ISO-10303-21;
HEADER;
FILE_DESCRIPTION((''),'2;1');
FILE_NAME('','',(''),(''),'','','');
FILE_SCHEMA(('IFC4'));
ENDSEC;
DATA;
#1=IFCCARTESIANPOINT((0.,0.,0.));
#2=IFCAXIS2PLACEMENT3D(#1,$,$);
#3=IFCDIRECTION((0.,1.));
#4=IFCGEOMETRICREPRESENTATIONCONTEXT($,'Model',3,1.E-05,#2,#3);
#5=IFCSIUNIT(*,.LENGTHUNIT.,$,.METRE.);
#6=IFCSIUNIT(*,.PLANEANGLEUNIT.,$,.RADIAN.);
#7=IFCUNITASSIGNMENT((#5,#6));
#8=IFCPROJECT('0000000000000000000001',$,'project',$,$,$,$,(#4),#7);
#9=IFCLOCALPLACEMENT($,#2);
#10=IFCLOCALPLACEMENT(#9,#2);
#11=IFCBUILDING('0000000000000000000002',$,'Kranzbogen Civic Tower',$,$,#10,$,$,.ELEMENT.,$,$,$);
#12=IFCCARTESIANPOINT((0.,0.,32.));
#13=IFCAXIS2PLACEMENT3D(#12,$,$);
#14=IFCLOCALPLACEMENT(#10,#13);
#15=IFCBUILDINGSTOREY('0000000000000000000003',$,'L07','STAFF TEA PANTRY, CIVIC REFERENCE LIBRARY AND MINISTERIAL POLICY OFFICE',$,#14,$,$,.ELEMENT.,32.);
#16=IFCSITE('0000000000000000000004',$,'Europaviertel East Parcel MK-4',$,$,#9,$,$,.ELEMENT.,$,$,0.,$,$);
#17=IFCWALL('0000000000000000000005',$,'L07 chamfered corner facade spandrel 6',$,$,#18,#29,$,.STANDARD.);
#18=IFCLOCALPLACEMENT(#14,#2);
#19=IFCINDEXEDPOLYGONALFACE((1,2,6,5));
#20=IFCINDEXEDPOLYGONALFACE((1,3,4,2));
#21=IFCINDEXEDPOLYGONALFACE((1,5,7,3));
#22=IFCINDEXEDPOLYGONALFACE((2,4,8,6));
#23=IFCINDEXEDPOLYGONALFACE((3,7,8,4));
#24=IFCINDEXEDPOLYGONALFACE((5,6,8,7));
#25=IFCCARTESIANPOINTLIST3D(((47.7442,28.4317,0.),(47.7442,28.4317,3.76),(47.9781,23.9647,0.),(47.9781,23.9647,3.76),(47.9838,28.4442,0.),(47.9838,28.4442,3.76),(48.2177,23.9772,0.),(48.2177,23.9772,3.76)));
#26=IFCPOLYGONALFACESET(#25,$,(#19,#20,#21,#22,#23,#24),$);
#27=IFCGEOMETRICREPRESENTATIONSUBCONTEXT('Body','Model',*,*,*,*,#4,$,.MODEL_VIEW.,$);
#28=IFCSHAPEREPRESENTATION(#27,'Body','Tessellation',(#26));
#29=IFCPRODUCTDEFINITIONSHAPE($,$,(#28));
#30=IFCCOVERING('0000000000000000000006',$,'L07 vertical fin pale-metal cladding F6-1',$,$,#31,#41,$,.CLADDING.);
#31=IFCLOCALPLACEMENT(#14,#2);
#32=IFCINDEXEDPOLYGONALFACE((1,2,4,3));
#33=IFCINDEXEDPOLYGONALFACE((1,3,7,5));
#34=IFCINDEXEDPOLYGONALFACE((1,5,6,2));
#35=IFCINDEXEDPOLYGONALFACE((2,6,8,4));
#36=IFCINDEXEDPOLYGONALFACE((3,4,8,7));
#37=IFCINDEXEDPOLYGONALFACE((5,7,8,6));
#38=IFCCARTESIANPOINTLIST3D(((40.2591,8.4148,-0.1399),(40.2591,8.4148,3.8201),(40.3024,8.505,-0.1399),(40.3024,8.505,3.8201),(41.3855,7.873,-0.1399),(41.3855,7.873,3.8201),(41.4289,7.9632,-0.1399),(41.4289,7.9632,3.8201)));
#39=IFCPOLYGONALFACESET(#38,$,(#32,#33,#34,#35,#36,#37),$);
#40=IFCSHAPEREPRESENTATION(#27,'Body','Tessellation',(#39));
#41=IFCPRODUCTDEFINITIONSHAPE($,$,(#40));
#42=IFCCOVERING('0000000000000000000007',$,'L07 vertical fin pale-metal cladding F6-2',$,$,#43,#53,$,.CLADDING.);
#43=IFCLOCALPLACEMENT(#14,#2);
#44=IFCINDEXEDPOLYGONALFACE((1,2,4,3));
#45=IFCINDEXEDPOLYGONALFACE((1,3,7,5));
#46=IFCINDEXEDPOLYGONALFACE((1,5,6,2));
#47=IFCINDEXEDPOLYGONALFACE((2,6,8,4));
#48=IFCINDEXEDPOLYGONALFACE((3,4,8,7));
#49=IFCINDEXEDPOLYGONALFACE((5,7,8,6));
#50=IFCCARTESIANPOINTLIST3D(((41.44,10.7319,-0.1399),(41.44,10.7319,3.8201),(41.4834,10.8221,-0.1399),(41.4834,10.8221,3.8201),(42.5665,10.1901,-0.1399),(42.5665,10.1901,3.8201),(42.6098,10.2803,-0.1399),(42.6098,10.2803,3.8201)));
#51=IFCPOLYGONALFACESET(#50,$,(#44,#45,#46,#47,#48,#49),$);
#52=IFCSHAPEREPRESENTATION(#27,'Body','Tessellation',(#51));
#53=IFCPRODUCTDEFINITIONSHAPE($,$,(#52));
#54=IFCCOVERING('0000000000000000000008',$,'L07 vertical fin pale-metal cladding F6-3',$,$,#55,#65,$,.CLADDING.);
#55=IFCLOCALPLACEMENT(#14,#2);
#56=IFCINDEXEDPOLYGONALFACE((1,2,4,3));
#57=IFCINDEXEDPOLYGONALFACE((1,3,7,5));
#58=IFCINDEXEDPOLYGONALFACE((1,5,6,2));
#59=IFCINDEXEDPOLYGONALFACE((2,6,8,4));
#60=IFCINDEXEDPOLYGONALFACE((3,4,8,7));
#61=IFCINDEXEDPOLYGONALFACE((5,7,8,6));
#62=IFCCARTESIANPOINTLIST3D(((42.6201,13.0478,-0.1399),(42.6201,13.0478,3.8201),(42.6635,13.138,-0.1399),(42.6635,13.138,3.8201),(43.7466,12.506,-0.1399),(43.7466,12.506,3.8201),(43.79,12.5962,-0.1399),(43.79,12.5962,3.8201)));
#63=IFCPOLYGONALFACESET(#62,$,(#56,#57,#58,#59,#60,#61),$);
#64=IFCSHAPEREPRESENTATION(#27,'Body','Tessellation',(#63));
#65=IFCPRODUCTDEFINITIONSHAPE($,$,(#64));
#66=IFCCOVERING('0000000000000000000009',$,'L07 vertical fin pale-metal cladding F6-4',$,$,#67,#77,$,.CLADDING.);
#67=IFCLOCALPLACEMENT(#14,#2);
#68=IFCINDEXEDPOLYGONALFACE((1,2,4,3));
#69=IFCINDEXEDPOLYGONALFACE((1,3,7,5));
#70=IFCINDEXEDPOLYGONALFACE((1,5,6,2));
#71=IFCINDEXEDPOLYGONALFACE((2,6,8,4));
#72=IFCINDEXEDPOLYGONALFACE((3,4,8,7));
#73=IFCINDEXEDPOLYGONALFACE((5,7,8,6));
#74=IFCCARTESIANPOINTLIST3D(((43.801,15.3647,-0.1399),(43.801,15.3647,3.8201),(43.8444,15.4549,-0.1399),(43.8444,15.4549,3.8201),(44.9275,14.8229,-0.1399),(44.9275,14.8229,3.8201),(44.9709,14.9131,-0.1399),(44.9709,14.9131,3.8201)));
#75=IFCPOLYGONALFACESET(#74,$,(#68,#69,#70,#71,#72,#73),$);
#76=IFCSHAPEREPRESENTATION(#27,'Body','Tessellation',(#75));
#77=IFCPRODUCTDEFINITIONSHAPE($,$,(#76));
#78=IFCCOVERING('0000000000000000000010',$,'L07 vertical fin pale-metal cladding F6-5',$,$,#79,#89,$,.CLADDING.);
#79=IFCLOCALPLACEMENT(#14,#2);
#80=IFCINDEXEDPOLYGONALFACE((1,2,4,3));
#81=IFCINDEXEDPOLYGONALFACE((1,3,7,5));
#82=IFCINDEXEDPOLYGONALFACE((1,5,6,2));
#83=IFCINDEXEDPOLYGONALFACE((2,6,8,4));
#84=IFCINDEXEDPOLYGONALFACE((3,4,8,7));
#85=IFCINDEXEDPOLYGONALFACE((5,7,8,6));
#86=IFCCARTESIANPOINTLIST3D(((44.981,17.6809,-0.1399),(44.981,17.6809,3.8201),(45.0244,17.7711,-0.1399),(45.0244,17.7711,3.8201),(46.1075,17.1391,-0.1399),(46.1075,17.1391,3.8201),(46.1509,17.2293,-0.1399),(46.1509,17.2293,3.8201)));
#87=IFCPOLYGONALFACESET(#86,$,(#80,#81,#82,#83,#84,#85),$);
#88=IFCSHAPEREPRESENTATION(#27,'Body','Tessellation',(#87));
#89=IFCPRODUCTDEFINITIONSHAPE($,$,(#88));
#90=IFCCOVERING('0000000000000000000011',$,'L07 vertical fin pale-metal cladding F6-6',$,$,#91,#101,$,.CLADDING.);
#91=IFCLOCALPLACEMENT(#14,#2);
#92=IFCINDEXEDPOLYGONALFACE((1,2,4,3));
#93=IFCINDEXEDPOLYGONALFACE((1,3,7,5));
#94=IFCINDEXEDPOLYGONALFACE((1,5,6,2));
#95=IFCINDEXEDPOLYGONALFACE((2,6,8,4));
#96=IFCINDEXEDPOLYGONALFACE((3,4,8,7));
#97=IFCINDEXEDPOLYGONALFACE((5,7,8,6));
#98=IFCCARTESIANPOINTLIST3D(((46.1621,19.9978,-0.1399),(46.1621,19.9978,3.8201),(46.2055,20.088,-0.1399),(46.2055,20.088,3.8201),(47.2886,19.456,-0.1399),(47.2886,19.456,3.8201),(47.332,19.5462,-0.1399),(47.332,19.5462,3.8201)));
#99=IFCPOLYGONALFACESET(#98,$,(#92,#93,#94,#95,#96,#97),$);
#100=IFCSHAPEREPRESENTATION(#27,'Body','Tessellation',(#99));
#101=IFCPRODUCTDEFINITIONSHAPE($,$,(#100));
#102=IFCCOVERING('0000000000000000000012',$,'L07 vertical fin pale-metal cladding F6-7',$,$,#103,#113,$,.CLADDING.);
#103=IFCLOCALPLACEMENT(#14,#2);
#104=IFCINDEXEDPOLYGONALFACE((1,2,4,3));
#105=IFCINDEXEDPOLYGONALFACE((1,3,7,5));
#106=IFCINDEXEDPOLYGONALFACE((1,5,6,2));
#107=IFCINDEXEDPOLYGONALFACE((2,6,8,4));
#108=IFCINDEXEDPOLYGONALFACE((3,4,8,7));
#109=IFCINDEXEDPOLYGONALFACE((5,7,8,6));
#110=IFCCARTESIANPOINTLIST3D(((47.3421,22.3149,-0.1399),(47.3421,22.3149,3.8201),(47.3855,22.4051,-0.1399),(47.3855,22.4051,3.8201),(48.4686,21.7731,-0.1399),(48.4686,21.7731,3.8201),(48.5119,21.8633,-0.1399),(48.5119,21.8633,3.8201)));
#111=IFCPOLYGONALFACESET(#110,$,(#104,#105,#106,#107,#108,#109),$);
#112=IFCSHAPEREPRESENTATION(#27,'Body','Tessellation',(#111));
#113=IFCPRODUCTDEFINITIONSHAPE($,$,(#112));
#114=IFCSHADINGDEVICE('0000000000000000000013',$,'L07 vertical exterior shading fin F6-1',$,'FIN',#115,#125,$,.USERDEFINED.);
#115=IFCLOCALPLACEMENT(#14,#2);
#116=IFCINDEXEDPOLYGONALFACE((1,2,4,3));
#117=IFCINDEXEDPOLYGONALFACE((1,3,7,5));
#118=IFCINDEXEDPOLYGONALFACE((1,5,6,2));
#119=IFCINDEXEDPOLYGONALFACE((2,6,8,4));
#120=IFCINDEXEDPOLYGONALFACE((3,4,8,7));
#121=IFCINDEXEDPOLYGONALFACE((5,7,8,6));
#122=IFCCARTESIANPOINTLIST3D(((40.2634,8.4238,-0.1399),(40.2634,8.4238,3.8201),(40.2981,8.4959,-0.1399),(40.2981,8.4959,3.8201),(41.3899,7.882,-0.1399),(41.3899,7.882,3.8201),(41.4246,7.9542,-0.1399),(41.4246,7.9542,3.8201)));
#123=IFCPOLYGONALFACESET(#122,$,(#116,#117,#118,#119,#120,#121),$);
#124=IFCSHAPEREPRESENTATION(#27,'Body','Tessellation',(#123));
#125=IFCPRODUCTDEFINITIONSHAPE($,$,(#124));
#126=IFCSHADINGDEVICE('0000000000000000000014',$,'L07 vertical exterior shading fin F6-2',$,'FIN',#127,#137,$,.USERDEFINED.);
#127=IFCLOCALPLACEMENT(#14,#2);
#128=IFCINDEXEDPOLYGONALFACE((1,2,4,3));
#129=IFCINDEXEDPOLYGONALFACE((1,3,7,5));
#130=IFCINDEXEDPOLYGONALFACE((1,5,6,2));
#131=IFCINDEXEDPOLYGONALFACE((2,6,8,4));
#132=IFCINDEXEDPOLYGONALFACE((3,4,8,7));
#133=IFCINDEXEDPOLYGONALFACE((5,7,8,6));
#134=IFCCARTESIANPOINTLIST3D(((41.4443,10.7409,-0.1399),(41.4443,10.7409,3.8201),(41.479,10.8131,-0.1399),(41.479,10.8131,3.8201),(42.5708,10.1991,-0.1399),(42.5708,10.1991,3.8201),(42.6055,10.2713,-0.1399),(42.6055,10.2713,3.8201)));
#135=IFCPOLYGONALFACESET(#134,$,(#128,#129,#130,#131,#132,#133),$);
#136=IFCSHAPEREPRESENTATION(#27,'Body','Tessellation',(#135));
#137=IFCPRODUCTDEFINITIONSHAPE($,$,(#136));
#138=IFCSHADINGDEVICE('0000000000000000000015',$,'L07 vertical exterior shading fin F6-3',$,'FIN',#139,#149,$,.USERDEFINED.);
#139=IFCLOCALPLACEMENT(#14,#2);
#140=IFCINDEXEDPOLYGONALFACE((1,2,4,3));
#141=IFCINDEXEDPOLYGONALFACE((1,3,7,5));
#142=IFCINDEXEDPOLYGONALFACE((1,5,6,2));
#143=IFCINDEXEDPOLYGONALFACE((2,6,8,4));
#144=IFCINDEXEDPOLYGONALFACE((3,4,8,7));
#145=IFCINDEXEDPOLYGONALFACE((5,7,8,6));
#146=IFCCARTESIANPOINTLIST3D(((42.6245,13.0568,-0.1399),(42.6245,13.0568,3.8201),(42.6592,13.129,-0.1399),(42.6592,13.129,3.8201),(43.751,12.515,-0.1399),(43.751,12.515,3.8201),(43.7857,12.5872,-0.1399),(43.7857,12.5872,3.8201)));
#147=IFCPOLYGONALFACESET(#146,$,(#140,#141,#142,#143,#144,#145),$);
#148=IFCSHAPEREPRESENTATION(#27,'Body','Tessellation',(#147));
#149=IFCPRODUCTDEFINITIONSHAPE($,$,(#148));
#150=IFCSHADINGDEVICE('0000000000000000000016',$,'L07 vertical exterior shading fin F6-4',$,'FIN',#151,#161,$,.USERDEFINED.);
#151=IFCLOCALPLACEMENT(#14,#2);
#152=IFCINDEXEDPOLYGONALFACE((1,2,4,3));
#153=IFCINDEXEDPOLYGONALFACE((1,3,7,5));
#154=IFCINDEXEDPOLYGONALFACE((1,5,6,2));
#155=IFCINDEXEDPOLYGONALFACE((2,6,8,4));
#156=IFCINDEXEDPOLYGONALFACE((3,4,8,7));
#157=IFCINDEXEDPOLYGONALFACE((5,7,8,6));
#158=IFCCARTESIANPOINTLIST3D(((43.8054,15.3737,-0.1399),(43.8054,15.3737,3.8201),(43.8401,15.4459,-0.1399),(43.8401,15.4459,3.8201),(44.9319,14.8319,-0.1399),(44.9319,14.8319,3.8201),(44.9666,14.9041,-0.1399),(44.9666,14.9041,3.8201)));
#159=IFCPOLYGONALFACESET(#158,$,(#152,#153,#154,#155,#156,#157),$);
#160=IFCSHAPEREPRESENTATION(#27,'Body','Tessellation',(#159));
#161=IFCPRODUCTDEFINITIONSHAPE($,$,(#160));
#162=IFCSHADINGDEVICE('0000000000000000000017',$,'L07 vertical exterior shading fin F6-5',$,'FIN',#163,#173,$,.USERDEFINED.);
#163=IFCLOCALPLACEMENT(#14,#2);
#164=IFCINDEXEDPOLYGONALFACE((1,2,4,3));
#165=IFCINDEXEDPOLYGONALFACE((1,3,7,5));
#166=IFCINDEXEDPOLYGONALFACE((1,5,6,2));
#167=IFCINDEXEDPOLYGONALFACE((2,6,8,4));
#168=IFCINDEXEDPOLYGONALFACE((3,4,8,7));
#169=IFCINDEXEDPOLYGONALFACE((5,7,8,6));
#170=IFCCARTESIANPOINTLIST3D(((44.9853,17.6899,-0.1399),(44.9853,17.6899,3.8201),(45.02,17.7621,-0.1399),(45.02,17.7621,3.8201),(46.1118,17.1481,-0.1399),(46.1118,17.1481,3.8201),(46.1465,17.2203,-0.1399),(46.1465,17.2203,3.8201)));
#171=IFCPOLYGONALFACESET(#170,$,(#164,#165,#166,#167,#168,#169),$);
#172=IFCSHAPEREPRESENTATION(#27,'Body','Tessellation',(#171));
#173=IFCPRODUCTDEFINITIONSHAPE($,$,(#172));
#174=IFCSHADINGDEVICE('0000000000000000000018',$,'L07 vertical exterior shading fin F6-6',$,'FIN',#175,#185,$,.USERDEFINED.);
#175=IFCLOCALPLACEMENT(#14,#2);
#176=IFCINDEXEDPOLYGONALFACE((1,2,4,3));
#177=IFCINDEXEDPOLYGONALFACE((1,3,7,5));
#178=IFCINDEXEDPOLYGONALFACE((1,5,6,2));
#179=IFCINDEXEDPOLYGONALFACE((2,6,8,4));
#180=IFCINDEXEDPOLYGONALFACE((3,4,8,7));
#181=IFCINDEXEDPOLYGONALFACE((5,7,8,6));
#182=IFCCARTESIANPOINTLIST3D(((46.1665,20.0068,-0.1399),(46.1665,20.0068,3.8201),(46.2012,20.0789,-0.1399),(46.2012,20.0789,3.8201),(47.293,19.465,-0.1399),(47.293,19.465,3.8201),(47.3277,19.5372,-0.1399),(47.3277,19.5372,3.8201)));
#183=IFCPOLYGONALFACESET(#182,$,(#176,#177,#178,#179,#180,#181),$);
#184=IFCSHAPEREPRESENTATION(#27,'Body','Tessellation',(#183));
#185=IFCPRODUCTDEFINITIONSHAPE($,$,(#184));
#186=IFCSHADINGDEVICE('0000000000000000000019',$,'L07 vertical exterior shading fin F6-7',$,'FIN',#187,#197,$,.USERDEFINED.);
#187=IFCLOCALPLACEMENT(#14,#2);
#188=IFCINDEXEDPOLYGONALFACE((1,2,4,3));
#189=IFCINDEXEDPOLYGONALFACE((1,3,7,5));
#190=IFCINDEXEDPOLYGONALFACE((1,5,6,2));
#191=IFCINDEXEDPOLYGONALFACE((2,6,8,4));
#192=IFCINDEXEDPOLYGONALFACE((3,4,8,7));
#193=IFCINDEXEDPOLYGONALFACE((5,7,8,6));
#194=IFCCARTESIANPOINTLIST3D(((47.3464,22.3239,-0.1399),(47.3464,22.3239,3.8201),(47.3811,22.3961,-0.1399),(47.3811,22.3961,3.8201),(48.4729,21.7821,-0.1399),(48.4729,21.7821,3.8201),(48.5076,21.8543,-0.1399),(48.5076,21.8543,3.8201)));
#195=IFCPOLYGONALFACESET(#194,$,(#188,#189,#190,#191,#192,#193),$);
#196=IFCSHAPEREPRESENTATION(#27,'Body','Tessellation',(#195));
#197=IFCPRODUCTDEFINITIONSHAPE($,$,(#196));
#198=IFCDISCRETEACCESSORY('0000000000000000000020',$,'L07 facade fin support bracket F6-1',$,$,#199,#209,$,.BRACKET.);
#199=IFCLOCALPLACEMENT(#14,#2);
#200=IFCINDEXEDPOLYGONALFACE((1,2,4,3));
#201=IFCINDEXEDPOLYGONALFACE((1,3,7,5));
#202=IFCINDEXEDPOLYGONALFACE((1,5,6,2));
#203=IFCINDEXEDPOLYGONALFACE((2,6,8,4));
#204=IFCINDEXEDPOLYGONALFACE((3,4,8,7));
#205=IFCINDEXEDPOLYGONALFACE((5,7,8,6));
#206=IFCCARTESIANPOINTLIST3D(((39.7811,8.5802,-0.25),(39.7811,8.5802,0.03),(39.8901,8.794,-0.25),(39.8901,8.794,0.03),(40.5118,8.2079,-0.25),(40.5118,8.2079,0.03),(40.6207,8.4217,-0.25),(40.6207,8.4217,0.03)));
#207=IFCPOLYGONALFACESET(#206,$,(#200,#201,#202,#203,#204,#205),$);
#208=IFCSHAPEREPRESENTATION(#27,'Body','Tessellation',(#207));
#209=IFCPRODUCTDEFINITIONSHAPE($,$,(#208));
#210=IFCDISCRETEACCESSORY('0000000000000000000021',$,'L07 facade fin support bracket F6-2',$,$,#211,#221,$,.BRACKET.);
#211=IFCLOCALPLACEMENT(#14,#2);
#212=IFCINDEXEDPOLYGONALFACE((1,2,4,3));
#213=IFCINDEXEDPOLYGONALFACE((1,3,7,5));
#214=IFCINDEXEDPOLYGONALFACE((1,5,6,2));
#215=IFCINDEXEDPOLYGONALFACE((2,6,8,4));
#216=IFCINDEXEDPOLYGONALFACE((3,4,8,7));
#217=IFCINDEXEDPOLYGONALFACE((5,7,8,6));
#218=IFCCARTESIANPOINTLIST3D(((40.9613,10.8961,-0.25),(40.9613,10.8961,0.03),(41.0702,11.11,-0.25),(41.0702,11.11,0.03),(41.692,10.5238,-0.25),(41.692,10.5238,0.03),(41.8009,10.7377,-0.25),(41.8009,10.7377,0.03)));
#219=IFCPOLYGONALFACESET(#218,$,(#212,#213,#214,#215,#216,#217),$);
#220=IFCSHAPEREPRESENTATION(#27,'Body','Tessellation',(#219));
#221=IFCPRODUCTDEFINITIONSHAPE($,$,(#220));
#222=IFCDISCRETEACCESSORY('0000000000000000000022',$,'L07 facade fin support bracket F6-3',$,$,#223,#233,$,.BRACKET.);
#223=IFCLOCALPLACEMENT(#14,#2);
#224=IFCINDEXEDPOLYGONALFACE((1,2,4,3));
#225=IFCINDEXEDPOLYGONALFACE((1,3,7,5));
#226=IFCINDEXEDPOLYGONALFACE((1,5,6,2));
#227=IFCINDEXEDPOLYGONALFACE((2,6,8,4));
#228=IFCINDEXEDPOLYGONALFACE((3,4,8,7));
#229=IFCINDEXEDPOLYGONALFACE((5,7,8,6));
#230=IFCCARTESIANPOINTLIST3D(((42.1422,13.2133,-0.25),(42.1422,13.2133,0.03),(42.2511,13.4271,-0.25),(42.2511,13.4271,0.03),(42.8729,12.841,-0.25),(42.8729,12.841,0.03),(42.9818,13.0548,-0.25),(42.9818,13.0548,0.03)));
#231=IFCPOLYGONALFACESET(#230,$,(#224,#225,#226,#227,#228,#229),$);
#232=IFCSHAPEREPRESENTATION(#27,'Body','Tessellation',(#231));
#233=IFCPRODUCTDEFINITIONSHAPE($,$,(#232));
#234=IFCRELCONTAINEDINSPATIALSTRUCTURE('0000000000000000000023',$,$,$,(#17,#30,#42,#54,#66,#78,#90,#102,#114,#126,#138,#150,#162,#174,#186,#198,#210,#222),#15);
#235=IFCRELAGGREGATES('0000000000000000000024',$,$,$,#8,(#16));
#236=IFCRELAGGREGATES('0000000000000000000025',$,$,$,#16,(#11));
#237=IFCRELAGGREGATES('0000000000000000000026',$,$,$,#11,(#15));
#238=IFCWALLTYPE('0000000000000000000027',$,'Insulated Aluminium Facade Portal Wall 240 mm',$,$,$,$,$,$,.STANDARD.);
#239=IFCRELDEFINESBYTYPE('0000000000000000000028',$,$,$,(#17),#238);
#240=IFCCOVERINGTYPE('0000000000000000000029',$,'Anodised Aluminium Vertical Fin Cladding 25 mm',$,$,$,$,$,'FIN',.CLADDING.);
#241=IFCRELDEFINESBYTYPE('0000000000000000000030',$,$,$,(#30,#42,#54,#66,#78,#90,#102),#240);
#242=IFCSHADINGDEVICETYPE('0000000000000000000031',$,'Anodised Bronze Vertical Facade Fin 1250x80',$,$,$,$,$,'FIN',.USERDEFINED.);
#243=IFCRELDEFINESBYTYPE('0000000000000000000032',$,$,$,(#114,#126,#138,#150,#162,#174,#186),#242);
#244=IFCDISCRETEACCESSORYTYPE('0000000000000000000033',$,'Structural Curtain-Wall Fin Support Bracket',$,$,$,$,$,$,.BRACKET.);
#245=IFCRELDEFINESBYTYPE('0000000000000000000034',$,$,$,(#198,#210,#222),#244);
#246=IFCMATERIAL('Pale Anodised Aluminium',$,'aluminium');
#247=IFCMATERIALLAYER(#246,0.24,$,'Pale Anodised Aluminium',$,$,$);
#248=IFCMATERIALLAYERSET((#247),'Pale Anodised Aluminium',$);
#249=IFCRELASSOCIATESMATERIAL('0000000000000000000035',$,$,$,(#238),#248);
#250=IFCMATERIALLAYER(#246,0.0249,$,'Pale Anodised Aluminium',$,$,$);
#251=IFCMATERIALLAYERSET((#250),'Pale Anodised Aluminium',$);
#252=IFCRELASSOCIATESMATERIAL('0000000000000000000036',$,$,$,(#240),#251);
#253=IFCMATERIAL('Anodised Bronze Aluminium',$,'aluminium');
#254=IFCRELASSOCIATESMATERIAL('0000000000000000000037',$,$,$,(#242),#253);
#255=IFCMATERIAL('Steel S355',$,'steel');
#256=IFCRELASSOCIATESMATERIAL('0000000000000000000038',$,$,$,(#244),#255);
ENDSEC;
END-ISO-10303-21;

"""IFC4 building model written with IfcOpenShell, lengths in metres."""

from ifc_helpers import new_model, si_unit, direction, frame, frame_2d, origin, origin_2d, place, context, subcontext, project, spatial, rectangle, extrude, material, layer, layer_set, type_object, element, save


model = new_model("IFC4")

# Units and contexts
model_context = context("Model", 3, precision=1e-05, world=origin(), true_north=direction((0.0, 1.0)))
body_context = subcontext(model_context, "Body", "Model", "MODEL_VIEW")
ifc_project = project(units=[si_unit("LENGTHUNIT", "METRE"), si_unit("PLANEANGLEUNIT", "RADIAN")], contexts=[model_context])

# Site, building, storey
site_placement = place(None, origin())
site = spatial("IfcSite", under=ifc_project, at=site_placement, Name="Europaviertel East Parcel MK-4", CompositionType="ELEMENT", RefElevation=0.0)
building_placement = place(site_placement, origin())
building = spatial("IfcBuilding", under=site, at=building_placement, Name="Kranzbogen Civic Tower", CompositionType="ELEMENT")
storey_placement = place(building_placement, frame((0.0, 0.0, 32.0)))
storey = spatial("IfcBuildingStorey", under=building, at=storey_placement, Name="L07", Description="STAFF TEA PANTRY, CIVIC REFERENCE LIBRARY AND MINISTERIAL POLICY OFFICE", CompositionType="ELEMENT", Elevation=32.0)

# Shared definitions
ifc_material_1 = material(Name="Pale Anodised Aluminium", Category="aluminium")

# Shared definitions
ifc_material_2 = material(Name="Steel S355", Category="steel")

# Wall
ifc_layer_1 = layer(ifc_material_1, 0.24, Name="Pale Anodised Aluminium")
ifc_layer_set_1 = layer_set([ifc_layer_1], Name="Pale Anodised Aluminium")
wall_type = type_object("IfcWallType", Name="Insulated Aluminium Facade Portal Wall 240 mm", PredefinedType="STANDARD", material=ifc_layer_set_1)
wall_placement = place(storey_placement, frame((48.0979, 23.9709, 0.0), z_axis=(0.0, 0.0, 1.0), x_axis=(-0.052287, 0.998632, 0.0)))
element("IfcWall", 1, at=wall_placement, inside=storey, type_object=wall_type, Name="L07 chamfered corner facade spandrel 6", PredefinedType="STANDARD", context=body_context, shape_type="SweptSolid", body=[
    extrude(rectangle(XDim=4.4731, YDim=0.24, at=frame_2d((2.2366, 0.0))), origin(), (0.0, 0.0, 1.0), 3.76),
])

# Coverings
ifc_layer_2 = layer(ifc_material_1, 0.0249, Name="Pale Anodised Aluminium")
ifc_layer_set_2 = layer_set([ifc_layer_2], Name="Pale Anodised Aluminium")
covering_type = type_object("IfcCoveringType", Name="Anodised Aluminium Vertical Fin Cladding 25 mm", ElementType="FIN", PredefinedType="CLADDING", material=ifc_layer_set_2)
for number, where, z_axis, x_axis, name in (
    (2, (40.844, 8.189, -0.1399), (0.0, 0.0, 1.0), (0.901191, -0.433423, 0.0), "L07 vertical fin pale-metal cladding F6-1"),
    (3, (42.0249, 10.5061, -0.1399), (0.0, 0.0, 1.0), (0.901191, -0.433423, 0.0), "L07 vertical fin pale-metal cladding F6-2"),
    (4, (43.2051, 12.822, -0.1399), (0.0, 0.0, 1.0), (0.901191, -0.433423, 0.0), "L07 vertical fin pale-metal cladding F6-3"),
    (5, (44.386, 15.1389, -0.1399), (0.0, 0.0, 1.0), (0.901191, -0.433423, 0.0), "L07 vertical fin pale-metal cladding F6-4"),
    (6, (45.5659, 17.4551, -0.1399), (0.0, 0.0, 1.0), (0.901191, -0.433423, 0.0), "L07 vertical fin pale-metal cladding F6-5"),
    (7, (46.7471, 19.772, -0.1399), (0.0, 0.0, 1.0), (0.901191, -0.433423, 0.0), "L07 vertical fin pale-metal cladding F6-6"),
    (8, (47.927, 22.0891, -0.1399), (0.0, 0.0, 1.0), (0.901191, -0.433423, 0.0), "L07 vertical fin pale-metal cladding F6-7"),
):
    element("IfcCovering", number, at=place(storey_placement, frame(where, z_axis=z_axis, x_axis=x_axis)), inside=storey, type_object=covering_type, Name=name, PredefinedType="CLADDING", context=body_context, shape_type="SweptSolid", body=[
        extrude(rectangle(XDim=1.25, YDim=0.1001, at=origin_2d()), origin(), (0.0, 0.0, 1.0), 3.96),
    ])

# Shading devices
ifc_material_3 = material(Name="Anodised Bronze Aluminium", Category="aluminium")
shading_device_type = type_object("IfcShadingDeviceType", Name="Anodised Bronze Vertical Facade Fin 1250x80", ElementType="FIN", PredefinedType="USERDEFINED", material=ifc_material_3)
for number, where, z_axis, x_axis, name in (
    (9, (40.844, 8.189, -0.1399), (0.0, 0.0, 1.0), (0.901191, -0.433423, 0.0), "L07 vertical exterior shading fin F6-1"),
    (10, (42.0249, 10.5061, -0.1399), (0.0, 0.0, 1.0), (0.901191, -0.433423, 0.0), "L07 vertical exterior shading fin F6-2"),
    (11, (43.2051, 12.822, -0.1399), (0.0, 0.0, 1.0), (0.901191, -0.433423, 0.0), "L07 vertical exterior shading fin F6-3"),
    (12, (44.386, 15.1389, -0.1399), (0.0, 0.0, 1.0), (0.901191, -0.433423, 0.0), "L07 vertical exterior shading fin F6-4"),
    (13, (45.5659, 17.4551, -0.1399), (0.0, 0.0, 1.0), (0.901191, -0.433423, 0.0), "L07 vertical exterior shading fin F6-5"),
    (14, (46.7471, 19.772, -0.1399), (0.0, 0.0, 1.0), (0.901191, -0.433423, 0.0), "L07 vertical exterior shading fin F6-6"),
    (15, (47.927, 22.0891, -0.1399), (0.0, 0.0, 1.0), (0.901191, -0.433423, 0.0), "L07 vertical exterior shading fin F6-7"),
):
    element("IfcShadingDevice", number, at=place(storey_placement, frame(where, z_axis=z_axis, x_axis=x_axis)), inside=storey, type_object=shading_device_type, Name=name, ObjectType="FIN", PredefinedType="USERDEFINED", context=body_context, shape_type="SweptSolid", body=[
        extrude(rectangle(XDim=1.25, YDim=0.0801, at=origin_2d()), origin(), (0.0, 0.0, 1.0), 3.96),
    ])

# Discrete accessories
discrete_accessory_type = type_object("IfcDiscreteAccessoryType", Name="Structural Curtain-Wall Fin Support Bracket", PredefinedType="BRACKET", material=ifc_material_2)
for number, where, z_axis, x_axis, name in (
    (16, (40.2009, 8.501, -0.25), (0.0, 0.0, 1.0), (0.891007, -0.45399, 0.0), "L07 facade fin support bracket F6-1"),
    (17, (41.3811, 10.8169, -0.25), (0.0, 0.0, 1.0), (0.891007, -0.45399, 0.0), "L07 facade fin support bracket F6-2"),
    (18, (42.562, 13.134, -0.25), (0.0, 0.0, 1.0), (0.891007, -0.45399, 0.0), "L07 facade fin support bracket F6-3"),
):
    element("IfcDiscreteAccessory", number, at=place(storey_placement, frame(where, z_axis=z_axis, x_axis=x_axis)), inside=storey, type_object=discrete_accessory_type, Name=name, PredefinedType="BRACKET", context=body_context, shape_type="SweptSolid", body=[
        extrude(rectangle(XDim=0.8201, YDim=0.24, at=origin_2d()), origin(), (0.0, 0.0, 1.0), 0.28),
    ])

save(model, "model.ifc")
